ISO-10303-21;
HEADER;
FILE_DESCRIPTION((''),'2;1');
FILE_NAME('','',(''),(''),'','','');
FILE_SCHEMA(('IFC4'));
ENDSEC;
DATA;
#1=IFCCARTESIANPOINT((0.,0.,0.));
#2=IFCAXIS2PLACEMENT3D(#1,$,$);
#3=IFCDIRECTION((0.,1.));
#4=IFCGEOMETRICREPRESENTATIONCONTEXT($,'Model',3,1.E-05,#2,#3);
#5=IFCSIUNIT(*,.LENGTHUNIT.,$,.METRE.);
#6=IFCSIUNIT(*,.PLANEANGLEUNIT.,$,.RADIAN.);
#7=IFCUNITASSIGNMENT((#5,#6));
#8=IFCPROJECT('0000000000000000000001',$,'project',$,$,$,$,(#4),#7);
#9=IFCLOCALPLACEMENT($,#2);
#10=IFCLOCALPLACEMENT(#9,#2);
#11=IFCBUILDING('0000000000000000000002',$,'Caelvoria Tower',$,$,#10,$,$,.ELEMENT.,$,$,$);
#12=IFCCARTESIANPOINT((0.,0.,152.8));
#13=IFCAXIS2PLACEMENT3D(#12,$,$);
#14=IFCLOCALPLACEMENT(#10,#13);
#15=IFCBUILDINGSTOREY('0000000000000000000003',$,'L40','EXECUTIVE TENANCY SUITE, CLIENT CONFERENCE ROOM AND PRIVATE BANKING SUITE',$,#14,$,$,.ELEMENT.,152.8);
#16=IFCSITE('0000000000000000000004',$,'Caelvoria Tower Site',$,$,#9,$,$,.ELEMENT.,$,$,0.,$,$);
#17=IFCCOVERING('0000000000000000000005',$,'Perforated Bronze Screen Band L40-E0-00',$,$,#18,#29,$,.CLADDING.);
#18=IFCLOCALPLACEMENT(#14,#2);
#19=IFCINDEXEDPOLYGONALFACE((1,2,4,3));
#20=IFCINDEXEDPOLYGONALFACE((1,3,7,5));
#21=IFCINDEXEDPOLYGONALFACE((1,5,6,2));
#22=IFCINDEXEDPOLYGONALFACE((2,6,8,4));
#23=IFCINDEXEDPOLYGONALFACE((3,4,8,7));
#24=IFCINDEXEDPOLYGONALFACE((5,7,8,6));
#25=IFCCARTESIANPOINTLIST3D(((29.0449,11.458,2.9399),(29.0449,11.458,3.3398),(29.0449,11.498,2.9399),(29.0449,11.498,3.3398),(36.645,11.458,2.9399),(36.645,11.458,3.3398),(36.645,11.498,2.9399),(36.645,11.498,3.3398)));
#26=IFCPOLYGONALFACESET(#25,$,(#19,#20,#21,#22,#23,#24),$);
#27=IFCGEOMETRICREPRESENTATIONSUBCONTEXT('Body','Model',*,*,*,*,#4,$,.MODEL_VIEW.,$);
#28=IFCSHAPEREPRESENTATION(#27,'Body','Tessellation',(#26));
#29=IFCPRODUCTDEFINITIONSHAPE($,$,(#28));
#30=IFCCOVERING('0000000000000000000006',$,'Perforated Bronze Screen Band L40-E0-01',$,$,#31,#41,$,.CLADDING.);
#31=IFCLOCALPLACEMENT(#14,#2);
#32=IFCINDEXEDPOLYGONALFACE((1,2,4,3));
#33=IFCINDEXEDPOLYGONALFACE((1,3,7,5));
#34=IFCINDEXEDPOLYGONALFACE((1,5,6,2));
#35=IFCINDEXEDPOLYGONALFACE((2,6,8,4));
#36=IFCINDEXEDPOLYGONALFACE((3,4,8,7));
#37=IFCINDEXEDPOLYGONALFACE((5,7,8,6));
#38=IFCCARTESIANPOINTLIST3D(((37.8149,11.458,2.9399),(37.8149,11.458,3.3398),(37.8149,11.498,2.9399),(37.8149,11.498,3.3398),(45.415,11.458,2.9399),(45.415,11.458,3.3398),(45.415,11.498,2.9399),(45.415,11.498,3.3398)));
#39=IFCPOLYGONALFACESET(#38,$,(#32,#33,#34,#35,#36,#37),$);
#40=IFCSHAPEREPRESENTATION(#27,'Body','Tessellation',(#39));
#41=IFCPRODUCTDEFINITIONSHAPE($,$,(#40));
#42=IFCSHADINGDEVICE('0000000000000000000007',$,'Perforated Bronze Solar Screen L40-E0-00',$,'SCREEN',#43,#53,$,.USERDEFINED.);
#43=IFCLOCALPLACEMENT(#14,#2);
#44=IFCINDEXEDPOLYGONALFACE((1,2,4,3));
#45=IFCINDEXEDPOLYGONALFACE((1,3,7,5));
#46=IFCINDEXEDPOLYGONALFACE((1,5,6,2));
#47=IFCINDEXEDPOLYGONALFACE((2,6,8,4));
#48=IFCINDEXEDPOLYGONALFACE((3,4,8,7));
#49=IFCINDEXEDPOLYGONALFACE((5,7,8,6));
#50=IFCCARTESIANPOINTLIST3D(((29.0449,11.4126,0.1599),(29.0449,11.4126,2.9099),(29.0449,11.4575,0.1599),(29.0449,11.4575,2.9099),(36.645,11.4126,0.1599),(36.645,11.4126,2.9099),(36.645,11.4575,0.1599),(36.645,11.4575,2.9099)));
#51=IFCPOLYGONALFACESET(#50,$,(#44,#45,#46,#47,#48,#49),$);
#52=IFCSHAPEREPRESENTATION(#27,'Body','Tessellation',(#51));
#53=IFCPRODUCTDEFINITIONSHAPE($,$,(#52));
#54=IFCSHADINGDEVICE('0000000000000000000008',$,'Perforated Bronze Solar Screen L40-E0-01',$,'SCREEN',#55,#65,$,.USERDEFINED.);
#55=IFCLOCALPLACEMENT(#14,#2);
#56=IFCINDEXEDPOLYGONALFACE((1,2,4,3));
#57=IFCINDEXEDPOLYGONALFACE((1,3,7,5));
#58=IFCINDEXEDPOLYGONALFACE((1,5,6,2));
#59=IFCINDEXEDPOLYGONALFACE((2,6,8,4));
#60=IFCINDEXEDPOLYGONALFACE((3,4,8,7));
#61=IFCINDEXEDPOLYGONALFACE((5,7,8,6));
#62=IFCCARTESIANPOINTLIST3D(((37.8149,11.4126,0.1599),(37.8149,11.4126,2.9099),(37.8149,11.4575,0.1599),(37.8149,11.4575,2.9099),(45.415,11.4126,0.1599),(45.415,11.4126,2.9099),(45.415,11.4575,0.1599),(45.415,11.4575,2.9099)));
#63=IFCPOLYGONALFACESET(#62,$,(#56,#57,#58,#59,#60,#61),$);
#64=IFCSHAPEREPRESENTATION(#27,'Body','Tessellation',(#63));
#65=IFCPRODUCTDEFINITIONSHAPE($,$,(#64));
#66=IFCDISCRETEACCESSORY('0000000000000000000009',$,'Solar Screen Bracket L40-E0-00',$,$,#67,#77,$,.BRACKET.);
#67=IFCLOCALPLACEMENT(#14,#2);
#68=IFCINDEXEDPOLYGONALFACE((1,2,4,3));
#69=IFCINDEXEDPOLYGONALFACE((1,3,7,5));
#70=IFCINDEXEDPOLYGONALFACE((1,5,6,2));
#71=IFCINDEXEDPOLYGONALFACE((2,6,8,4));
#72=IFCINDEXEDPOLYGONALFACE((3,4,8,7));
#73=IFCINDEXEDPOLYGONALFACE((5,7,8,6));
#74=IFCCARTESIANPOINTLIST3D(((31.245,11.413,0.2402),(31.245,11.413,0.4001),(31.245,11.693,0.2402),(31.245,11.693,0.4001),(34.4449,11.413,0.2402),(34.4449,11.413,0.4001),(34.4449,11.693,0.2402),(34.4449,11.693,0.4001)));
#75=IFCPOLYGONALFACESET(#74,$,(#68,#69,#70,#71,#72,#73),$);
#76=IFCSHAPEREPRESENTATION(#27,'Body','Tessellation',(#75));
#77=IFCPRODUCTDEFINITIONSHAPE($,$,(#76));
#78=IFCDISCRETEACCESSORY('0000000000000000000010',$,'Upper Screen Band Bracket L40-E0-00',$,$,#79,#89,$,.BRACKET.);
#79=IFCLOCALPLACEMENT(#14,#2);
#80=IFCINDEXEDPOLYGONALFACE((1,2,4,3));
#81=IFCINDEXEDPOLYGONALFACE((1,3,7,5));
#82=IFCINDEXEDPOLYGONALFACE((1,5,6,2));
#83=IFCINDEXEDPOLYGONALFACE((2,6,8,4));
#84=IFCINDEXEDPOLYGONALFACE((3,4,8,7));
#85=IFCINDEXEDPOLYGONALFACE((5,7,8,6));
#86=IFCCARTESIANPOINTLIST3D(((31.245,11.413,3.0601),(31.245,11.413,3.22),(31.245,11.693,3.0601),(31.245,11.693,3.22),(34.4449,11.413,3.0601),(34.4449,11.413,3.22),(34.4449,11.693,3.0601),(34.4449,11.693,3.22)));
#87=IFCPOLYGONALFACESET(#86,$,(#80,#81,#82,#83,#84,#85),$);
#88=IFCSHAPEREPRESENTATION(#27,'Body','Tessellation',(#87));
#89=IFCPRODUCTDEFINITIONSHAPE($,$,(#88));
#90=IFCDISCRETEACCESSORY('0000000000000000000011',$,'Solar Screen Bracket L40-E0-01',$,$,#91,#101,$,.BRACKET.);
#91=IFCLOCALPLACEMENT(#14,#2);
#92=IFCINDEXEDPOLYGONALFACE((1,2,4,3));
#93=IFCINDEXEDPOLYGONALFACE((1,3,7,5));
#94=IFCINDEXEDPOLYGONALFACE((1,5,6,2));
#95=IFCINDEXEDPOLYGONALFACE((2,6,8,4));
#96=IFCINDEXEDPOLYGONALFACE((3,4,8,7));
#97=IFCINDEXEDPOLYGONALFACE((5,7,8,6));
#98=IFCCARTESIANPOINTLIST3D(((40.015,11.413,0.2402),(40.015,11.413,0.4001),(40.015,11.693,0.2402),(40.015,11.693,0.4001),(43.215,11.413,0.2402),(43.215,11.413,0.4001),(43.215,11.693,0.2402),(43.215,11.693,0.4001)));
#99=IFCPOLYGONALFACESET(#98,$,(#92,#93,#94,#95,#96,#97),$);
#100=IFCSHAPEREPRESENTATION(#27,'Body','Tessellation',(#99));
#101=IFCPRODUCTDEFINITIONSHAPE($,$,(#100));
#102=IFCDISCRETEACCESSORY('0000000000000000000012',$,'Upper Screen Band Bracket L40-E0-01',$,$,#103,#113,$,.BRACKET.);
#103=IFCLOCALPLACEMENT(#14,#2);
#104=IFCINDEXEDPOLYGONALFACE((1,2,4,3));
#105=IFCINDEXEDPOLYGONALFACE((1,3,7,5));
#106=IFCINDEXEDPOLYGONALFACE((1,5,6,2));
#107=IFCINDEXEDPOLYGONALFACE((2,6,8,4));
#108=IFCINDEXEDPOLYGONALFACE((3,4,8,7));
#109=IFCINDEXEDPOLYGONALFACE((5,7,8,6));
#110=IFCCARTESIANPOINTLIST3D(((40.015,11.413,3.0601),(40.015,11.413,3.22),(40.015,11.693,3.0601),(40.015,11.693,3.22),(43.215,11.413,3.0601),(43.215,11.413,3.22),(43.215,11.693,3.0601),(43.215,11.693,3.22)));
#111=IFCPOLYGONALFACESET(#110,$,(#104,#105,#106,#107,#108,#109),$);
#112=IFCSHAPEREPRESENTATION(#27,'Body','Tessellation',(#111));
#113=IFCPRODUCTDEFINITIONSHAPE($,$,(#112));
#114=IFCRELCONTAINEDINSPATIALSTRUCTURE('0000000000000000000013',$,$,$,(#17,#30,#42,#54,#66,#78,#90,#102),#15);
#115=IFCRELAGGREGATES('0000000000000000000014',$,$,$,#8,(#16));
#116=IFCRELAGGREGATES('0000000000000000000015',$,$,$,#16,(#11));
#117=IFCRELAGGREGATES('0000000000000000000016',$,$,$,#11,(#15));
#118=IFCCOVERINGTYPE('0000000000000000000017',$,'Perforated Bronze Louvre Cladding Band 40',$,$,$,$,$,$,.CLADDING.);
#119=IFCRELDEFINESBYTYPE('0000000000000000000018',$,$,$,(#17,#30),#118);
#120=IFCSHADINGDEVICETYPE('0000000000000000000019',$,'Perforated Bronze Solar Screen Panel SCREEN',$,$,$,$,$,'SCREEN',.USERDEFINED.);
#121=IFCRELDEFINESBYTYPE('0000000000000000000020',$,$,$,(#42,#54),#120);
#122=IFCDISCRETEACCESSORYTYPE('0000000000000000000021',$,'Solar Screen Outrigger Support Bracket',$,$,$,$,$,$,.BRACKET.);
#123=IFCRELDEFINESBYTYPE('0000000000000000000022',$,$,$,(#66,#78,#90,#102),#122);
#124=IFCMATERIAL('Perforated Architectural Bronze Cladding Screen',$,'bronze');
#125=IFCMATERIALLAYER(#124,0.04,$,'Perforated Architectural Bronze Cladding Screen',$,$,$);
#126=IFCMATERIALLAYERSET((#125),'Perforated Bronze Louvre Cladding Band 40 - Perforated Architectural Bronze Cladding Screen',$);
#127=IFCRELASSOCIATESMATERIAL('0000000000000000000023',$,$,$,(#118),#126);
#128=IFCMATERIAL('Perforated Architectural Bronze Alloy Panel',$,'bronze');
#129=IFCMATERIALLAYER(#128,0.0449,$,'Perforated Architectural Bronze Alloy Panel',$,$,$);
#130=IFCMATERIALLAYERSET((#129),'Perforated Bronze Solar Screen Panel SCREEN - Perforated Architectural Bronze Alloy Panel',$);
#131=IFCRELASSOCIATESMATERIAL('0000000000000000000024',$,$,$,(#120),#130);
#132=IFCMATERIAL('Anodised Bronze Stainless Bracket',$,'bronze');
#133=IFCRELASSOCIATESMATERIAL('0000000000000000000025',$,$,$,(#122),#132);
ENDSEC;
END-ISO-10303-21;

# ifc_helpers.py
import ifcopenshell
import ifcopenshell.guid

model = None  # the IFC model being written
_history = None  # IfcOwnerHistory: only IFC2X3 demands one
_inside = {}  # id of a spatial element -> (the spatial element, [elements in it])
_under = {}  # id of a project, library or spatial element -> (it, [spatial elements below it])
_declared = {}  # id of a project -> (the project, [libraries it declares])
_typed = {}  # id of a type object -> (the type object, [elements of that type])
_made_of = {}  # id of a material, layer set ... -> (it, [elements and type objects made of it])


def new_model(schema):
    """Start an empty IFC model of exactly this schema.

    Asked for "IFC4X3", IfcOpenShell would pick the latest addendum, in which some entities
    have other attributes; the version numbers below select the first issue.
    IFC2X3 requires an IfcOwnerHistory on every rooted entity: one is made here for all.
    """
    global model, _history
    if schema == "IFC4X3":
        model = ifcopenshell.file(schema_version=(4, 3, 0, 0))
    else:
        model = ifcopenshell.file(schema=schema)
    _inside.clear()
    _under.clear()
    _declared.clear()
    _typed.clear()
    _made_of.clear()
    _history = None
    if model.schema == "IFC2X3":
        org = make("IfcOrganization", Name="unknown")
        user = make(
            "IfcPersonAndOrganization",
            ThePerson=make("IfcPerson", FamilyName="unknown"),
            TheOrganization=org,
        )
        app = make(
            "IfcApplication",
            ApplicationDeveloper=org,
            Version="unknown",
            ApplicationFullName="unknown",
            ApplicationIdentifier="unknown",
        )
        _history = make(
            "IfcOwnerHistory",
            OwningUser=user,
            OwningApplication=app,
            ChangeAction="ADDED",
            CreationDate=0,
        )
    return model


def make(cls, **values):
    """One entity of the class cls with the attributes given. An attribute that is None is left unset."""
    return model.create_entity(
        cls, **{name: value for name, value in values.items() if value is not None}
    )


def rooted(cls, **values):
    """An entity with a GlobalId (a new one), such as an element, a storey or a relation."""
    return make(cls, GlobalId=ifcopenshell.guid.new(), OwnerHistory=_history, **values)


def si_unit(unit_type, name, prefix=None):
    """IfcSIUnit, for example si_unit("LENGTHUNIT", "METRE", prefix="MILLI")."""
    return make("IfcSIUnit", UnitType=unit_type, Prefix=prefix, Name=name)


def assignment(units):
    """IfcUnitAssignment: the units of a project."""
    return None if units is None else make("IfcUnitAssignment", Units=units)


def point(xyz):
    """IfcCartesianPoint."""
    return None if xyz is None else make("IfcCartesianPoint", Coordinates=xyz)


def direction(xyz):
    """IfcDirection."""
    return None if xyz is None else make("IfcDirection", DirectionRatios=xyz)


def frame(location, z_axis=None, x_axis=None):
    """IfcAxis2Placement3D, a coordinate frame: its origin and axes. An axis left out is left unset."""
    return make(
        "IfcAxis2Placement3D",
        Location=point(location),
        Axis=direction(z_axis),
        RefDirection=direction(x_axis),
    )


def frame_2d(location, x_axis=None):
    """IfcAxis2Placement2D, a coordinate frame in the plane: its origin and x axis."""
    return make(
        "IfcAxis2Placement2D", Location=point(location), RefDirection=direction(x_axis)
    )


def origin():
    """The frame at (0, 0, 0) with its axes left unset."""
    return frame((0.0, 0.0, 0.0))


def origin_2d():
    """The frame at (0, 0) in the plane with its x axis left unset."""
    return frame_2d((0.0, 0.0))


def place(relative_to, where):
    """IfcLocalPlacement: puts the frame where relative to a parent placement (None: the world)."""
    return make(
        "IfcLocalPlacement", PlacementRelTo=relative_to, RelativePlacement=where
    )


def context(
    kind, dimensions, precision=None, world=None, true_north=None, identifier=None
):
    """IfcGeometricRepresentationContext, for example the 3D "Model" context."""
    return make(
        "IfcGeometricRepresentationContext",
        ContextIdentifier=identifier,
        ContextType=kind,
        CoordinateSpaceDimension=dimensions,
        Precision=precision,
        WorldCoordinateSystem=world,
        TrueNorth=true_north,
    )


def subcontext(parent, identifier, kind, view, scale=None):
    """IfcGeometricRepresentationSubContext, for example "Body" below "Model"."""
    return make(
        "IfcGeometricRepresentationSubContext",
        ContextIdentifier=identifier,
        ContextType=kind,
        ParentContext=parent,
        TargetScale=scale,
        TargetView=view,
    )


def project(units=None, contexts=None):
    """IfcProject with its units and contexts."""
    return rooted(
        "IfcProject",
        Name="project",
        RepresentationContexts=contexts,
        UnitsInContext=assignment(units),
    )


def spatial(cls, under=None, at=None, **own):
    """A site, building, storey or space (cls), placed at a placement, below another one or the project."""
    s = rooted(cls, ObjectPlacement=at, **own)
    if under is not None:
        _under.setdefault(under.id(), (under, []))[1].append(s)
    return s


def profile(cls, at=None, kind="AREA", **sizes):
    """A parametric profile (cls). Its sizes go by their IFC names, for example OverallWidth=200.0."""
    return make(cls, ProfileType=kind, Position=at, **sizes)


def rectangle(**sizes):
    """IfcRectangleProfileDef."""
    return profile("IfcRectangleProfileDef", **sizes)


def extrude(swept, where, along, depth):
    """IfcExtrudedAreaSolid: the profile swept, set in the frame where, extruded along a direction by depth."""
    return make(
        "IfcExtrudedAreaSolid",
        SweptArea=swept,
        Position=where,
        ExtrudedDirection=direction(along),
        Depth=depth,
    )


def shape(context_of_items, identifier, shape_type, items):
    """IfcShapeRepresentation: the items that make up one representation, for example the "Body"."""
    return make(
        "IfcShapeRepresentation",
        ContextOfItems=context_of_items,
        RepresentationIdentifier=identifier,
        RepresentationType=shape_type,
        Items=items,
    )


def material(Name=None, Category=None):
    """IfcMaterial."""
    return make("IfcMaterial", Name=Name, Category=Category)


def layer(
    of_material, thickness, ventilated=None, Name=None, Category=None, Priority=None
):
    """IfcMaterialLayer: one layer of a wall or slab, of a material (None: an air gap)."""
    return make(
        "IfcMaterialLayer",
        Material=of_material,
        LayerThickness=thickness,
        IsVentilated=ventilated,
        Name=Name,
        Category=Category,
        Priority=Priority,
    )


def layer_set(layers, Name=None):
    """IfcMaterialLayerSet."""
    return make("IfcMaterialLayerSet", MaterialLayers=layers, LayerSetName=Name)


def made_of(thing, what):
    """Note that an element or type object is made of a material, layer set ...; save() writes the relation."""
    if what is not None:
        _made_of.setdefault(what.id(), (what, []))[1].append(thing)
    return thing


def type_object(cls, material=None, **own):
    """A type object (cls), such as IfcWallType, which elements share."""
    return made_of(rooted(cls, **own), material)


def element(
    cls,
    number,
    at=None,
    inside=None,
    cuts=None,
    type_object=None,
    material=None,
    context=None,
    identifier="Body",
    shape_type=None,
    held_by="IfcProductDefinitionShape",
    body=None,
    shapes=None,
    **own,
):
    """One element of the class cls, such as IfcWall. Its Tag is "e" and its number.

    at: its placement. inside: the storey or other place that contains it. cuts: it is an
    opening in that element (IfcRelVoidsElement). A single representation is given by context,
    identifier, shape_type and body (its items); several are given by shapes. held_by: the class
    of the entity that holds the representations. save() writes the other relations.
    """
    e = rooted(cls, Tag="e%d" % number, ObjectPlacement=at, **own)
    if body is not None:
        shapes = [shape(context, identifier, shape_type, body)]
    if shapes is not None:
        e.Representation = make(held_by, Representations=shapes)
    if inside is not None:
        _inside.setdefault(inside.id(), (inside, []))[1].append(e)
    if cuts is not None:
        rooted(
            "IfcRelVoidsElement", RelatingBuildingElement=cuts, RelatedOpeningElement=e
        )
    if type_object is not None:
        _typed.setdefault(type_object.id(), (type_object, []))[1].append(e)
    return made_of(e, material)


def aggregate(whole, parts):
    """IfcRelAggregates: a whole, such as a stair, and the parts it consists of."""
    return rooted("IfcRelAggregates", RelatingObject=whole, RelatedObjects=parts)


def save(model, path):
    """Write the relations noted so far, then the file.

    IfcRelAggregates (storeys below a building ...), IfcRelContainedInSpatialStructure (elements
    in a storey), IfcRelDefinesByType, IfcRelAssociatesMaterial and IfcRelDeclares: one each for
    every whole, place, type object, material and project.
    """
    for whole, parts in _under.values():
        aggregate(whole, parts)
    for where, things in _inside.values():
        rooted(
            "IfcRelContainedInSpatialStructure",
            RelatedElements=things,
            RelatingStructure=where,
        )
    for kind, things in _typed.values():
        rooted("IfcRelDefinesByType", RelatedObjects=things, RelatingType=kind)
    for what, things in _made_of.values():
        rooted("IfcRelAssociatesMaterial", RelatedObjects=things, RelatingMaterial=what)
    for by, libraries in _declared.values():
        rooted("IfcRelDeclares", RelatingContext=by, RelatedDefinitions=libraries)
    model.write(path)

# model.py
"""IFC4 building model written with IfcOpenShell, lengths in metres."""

from ifc_helpers import new_model, si_unit, direction, frame, origin, origin_2d, place, context, subcontext, project, spatial, rectangle, extrude, material, layer, layer_set, type_object, element, save


model = new_model("IFC4")

# Units and contexts
model_context = context("Model", 3, precision=1e-05, world=origin(), true_north=direction((0.0, 1.0)))
body_context = subcontext(model_context, "Body", "Model", "MODEL_VIEW")
ifc_project = project(units=[si_unit("LENGTHUNIT", "METRE"), si_unit("PLANEANGLEUNIT", "RADIAN")], contexts=[model_context])

# Site, building, storey
site_placement = place(None, origin())
site = spatial("IfcSite", under=ifc_project, at=site_placement, Name="Caelvoria Tower Site", CompositionType="ELEMENT", RefElevation=0.0)
building_placement = place(site_placement, origin())
building = spatial("IfcBuilding", under=site, at=building_placement, Name="Caelvoria Tower", CompositionType="ELEMENT")
storey_placement = place(building_placement, frame((0.0, 0.0, 152.8)))
storey = spatial("IfcBuildingStorey", under=building, at=storey_placement, Name="L40", Description="EXECUTIVE TENANCY SUITE, CLIENT CONFERENCE ROOM AND PRIVATE BANKING SUITE", CompositionType="ELEMENT", Elevation=152.8)

# Coverings
ifc_material_1 = material(Name="Perforated Architectural Bronze Cladding Screen", Category="bronze")
ifc_layer_1 = layer(ifc_material_1, 0.04, Name="Perforated Architectural Bronze Cladding Screen")
ifc_layer_set_1 = layer_set([ifc_layer_1], Name="Perforated Bronze Louvre Cladding Band 40 - Perforated Architectural Bronze Cladding Screen")
covering_type = type_object("IfcCoveringType", Name="Perforated Bronze Louvre Cladding Band 40", PredefinedType="CLADDING", material=ifc_layer_set_1)
for number, where, z_axis, x_axis, name in (
    (1, (32.845, 11.478, 2.9399), (0.0, 0.0, 1.0), (1.0, 0.0, 0.0), "Perforated Bronze Screen Band L40-E0-00"),
    (2, (41.615, 11.478, 2.9399), (0.0, 0.0, 1.0), (1.0, 0.0, 0.0), "Perforated Bronze Screen Band L40-E0-01"),
):
    element("IfcCovering", number, at=place(storey_placement, frame(where, z_axis=z_axis, x_axis=x_axis)), inside=storey, type_object=covering_type, Name=name, PredefinedType="CLADDING", context=body_context, shape_type="SweptSolid", body=[
        extrude(rectangle(XDim=7.6001, YDim=0.04, at=origin_2d()), origin(), (0.0, 0.0, 1.0), 0.3999),
    ])

# Shading devices
ifc_material_2 = material(Name="Perforated Architectural Bronze Alloy Panel", Category="bronze")
ifc_layer_2 = layer(ifc_material_2, 0.0449, Name="Perforated Architectural Bronze Alloy Panel")
ifc_layer_set_2 = layer_set([ifc_layer_2], Name="Perforated Bronze Solar Screen Panel SCREEN - Perforated Architectural Bronze Alloy Panel")
shading_device_type = type_object("IfcShadingDeviceType", Name="Perforated Bronze Solar Screen Panel SCREEN", ElementType="SCREEN", PredefinedType="USERDEFINED", material=ifc_layer_set_2)
for number, where, z_axis, x_axis, name in (
    (3, (32.845, 11.4351, 0.1599), (0.0, 0.0, 1.0), (1.0, 0.0, 0.0), "Perforated Bronze Solar Screen L40-E0-00"),
    (4, (41.615, 11.4351, 0.1599), (0.0, 0.0, 1.0), (1.0, 0.0, 0.0), "Perforated Bronze Solar Screen L40-E0-01"),
):
    element("IfcShadingDevice", number, at=place(storey_placement, frame(where, z_axis=z_axis, x_axis=x_axis)), inside=storey, type_object=shading_device_type, Name=name, ObjectType="SCREEN", PredefinedType="USERDEFINED", context=body_context, shape_type="SweptSolid", body=[
        extrude(rectangle(XDim=7.6001, YDim=0.0449, at=origin_2d()), origin(), (0.0, 0.0, 1.0), 2.75),
    ])

# Discrete accessories
ifc_material_3 = material(Name="Anodised Bronze Stainless Bracket", Category="bronze")
discrete_accessory_type = type_object("IfcDiscreteAccessoryType", Name="Solar Screen Outrigger Support Bracket", PredefinedType="BRACKET", material=ifc_material_3)
for number, where, z_axis, x_axis, name in (
    (5, (32.845, 11.553, 0.2402), (0.0, 0.0, 1.0), (1.0, 0.0, 0.0), "Solar Screen Bracket L40-E0-00"),
    (6, (32.845, 11.553, 3.0601), (0.0, 0.0, 1.0), (1.0, 0.0, 0.0), "Upper Screen Band Bracket L40-E0-00"),
    (7, (41.615, 11.553, 0.2402), (0.0, 0.0, 1.0), (1.0, 0.0, 0.0), "Solar Screen Bracket L40-E0-01"),
    (8, (41.615, 11.553, 3.0601), (0.0, 0.0, 1.0), (1.0, 0.0, 0.0), "Upper Screen Band Bracket L40-E0-01"),
):
    element("IfcDiscreteAccessory", number, at=place(storey_placement, frame(where, z_axis=z_axis, x_axis=x_axis)), inside=storey, type_object=discrete_accessory_type, Name=name, PredefinedType="BRACKET", context=body_context, shape_type="SweptSolid", body=[
        extrude(rectangle(XDim=3.2, YDim=0.28, at=origin_2d()), origin(), (0.0, 0.0, 1.0), 0.1599),
    ])

save(model, "model.ifc")
